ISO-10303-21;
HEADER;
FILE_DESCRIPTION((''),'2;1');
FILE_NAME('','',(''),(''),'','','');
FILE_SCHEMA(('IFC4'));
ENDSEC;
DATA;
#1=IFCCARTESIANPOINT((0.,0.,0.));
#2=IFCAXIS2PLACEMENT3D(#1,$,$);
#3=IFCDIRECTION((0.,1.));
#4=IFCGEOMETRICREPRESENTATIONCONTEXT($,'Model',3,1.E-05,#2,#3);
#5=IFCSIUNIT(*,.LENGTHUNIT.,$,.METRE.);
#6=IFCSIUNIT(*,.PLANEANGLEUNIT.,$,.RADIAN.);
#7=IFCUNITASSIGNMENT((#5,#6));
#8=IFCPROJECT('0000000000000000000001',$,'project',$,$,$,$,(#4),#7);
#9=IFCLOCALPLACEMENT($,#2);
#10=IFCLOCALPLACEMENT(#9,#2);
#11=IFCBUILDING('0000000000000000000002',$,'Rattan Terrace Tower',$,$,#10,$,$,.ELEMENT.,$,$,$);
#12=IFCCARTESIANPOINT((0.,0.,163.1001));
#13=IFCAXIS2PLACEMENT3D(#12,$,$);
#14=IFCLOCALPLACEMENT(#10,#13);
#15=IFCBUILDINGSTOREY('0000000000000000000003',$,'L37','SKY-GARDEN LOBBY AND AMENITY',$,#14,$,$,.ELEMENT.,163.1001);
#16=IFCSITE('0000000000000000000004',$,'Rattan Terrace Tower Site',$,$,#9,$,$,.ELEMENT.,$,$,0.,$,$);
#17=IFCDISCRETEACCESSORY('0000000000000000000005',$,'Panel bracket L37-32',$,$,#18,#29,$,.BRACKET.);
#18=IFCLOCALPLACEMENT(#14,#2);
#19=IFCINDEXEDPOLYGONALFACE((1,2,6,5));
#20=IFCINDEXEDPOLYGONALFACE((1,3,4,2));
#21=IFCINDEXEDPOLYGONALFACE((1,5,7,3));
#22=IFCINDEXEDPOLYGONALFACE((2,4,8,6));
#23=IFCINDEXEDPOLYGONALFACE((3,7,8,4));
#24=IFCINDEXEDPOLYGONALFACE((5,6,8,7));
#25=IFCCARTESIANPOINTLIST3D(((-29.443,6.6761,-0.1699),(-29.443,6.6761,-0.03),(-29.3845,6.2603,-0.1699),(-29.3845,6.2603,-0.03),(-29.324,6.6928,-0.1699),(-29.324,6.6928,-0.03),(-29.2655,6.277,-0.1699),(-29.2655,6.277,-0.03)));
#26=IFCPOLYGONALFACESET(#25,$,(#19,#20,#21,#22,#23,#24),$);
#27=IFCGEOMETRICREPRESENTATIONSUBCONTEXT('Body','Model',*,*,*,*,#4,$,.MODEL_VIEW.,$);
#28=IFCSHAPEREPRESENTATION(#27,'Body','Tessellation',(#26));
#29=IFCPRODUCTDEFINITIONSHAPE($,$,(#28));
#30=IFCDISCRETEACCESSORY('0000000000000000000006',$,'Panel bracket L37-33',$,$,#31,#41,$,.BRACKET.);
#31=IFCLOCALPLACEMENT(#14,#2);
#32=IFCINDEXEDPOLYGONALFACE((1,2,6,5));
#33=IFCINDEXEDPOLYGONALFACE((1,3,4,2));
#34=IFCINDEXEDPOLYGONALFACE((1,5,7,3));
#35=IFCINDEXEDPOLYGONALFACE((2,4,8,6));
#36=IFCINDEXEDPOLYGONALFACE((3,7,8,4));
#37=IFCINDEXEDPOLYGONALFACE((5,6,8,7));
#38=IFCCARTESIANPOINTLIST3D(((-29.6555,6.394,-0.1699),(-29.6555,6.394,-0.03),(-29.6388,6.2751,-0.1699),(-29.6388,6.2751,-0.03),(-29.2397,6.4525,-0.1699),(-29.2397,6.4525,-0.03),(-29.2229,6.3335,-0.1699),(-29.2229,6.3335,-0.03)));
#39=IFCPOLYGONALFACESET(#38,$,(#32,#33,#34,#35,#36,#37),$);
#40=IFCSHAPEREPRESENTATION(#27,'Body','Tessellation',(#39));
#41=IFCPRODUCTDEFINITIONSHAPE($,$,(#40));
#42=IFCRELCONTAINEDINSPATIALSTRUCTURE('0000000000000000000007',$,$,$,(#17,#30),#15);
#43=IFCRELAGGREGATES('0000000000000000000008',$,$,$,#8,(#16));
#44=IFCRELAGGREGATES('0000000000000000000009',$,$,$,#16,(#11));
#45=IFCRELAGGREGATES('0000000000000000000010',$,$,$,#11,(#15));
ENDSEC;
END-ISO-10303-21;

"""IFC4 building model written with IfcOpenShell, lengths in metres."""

from ifc_helpers import new_model, si_unit, direction, frame, origin, origin_2d, place, context, subcontext, project, spatial, rectangle, extrude, element, save


model = new_model("IFC4")

# Units and contexts
model_context = context("Model", 3, precision=1e-05, world=origin(), true_north=direction((0.0, 1.0)))
body_context = subcontext(model_context, "Body", "Model", "MODEL_VIEW")
ifc_project = project(units=[si_unit("LENGTHUNIT", "METRE"), si_unit("PLANEANGLEUNIT", "RADIAN")], contexts=[model_context])

# Site, building, storey
site_placement = place(None, origin())
site = spatial("IfcSite", under=ifc_project, at=site_placement, Name="Rattan Terrace Tower Site", CompositionType="ELEMENT", RefElevation=0.0)
building_placement = place(site_placement, origin())
building = spatial("IfcBuilding", under=site, at=building_placement, Name="Rattan Terrace Tower", CompositionType="ELEMENT")
storey_placement = place(building_placement, frame((0.0, 0.0, 163.1001)))
storey = spatial("IfcBuildingStorey", under=building, at=storey_placement, Name="L37", Description="SKY-GARDEN LOBBY AND AMENITY", CompositionType="ELEMENT", Elevation=163.1001)

# Discrete accessories
for number, where, z_axis, x_axis, name in (
    (1, (-29.3542, 6.4766, -0.1699), (0.0, 0.0, 1.0), (-0.990254, -0.139275, 0.0), "Panel bracket L37-32"),
    (2, (-29.4392, 6.3638, -0.1699), (0.0, 0.0, 1.0), (0.139191, -0.990266, 0.0), "Panel bracket L37-33"),
):
    element("IfcDiscreteAccessory", number, at=place(storey_placement, frame(where, z_axis=z_axis, x_axis=x_axis)), inside=storey, Name=name, PredefinedType="BRACKET", context=body_context, shape_type="SweptSolid", body=[
        extrude(rectangle(XDim=0.1201, YDim=0.4199, at=origin_2d()), origin(), (0.0, 0.0, 1.0), 0.1399),
    ])

save(model, "model.ifc")
